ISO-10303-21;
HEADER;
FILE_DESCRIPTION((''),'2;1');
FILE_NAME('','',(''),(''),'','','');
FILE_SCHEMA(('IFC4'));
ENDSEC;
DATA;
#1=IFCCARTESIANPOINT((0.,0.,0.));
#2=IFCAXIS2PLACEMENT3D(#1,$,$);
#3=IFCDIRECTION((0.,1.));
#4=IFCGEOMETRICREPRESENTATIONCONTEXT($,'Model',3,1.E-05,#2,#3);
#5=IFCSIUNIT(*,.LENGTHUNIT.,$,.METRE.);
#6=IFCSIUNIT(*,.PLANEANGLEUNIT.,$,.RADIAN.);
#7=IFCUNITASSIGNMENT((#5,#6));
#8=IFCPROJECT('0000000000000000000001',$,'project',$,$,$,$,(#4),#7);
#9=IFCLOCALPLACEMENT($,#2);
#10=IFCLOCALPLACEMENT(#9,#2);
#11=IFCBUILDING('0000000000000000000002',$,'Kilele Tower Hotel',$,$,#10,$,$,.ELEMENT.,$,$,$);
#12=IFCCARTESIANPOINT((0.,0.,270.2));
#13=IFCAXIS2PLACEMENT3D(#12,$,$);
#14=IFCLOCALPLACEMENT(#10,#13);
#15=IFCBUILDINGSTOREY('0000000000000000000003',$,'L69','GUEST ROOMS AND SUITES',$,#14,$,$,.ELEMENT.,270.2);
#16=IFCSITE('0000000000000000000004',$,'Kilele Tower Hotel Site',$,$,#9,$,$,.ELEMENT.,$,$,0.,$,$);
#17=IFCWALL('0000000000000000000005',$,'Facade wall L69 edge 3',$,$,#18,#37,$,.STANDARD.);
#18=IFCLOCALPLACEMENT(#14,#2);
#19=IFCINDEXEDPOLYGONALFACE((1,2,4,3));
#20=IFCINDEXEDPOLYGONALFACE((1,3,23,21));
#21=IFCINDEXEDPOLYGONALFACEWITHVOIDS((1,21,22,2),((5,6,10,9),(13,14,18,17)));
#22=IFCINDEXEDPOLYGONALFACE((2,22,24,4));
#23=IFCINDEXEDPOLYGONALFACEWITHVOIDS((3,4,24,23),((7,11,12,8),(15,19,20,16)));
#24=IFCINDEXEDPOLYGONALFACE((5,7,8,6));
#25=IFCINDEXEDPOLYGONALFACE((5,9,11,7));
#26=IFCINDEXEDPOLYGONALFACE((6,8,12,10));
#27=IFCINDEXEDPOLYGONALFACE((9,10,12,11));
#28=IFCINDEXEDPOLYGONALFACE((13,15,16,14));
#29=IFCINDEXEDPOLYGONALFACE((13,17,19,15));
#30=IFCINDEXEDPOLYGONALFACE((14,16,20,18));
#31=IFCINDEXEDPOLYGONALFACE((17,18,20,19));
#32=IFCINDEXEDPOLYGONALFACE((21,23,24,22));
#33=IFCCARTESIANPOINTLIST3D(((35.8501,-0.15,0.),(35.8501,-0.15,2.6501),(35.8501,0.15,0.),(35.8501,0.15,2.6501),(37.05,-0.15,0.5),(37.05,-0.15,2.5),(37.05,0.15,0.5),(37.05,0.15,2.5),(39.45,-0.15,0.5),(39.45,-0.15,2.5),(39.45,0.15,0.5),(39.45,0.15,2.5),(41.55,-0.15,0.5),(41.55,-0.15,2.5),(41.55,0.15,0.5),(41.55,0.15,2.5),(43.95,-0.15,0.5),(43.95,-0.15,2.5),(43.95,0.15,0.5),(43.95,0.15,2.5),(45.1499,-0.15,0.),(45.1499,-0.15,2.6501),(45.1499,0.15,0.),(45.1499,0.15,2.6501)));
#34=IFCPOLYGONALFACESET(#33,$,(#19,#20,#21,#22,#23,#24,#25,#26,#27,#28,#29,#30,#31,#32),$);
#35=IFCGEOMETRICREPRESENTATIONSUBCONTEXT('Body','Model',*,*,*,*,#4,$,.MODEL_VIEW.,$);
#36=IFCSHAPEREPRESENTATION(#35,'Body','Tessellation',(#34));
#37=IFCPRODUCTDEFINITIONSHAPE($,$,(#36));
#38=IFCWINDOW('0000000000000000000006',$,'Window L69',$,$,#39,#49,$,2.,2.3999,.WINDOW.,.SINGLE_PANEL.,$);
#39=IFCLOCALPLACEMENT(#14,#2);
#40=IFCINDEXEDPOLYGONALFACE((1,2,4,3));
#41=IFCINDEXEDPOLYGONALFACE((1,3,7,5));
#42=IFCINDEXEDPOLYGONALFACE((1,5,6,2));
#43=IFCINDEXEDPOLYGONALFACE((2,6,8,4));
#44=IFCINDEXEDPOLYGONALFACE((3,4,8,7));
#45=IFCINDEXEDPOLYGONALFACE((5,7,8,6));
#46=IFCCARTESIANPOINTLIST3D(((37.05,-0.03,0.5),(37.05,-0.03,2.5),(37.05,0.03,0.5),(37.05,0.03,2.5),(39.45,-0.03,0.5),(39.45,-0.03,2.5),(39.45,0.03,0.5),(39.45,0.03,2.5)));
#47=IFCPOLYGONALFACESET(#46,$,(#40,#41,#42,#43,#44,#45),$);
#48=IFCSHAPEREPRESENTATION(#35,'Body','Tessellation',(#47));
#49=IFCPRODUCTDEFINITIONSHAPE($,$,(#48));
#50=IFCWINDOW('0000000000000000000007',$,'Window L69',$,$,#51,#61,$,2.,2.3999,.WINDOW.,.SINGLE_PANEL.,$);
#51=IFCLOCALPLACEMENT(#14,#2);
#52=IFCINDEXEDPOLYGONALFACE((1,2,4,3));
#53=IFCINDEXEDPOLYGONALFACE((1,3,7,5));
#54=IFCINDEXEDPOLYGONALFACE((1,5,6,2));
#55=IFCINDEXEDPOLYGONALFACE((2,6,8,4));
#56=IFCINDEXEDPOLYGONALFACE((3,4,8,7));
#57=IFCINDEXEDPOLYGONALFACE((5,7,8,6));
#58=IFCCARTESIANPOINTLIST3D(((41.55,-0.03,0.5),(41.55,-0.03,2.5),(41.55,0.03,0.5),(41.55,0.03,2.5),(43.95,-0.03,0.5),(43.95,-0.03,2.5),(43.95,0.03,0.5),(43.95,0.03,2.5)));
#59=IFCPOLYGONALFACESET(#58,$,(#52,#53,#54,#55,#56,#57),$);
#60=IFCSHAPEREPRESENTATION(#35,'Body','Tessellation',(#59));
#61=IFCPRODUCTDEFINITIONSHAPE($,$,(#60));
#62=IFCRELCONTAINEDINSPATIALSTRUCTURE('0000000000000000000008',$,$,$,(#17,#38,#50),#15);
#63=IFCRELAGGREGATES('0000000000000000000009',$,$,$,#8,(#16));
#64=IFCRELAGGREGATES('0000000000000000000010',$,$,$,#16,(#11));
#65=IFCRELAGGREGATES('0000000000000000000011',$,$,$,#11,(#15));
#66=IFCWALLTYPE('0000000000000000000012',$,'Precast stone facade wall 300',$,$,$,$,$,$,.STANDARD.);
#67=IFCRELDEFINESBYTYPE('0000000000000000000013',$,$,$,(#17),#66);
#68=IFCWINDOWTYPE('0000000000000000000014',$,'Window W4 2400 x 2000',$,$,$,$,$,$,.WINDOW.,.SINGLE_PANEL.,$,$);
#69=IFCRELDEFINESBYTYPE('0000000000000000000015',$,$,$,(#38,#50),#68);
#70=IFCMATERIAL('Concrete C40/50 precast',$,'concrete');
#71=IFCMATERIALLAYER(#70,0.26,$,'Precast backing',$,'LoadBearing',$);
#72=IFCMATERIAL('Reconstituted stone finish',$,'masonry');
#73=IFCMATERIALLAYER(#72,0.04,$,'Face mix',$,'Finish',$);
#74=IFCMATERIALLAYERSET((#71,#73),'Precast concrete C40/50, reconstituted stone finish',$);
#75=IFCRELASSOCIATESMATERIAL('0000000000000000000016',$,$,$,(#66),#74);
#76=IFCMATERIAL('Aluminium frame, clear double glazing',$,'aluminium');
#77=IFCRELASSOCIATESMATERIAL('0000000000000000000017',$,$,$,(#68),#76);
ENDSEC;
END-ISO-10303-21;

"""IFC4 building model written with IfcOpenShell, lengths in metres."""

from ifc_helpers import new_model, si_unit, direction, frame, frame_2d, origin, place, context, subcontext, project, spatial, rectangle, extrude, material, layer, layer_set, type_object, element, fill, save


model = new_model("IFC4")

# Units and contexts
model_context = context("Model", 3, precision=1e-05, world=origin(), true_north=direction((0.0, 1.0)))
body_context = subcontext(model_context, "Body", "Model", "MODEL_VIEW")
ifc_project = project(units=[si_unit("LENGTHUNIT", "METRE"), si_unit("PLANEANGLEUNIT", "RADIAN")], contexts=[model_context])

# Site, building, storey
site_placement = place(None, origin())
site = spatial("IfcSite", under=ifc_project, at=site_placement, Name="Kilele Tower Hotel Site", CompositionType="ELEMENT", RefElevation=0.0)
building_placement = place(site_placement, origin())
building = spatial("IfcBuilding", under=site, at=building_placement, Name="Kilele Tower Hotel", CompositionType="ELEMENT")
storey_placement = place(building_placement, frame((0.0, 0.0, 270.2)))
storey = spatial("IfcBuildingStorey", under=building, at=storey_placement, Name="L69", Description="GUEST ROOMS AND SUITES", CompositionType="ELEMENT", Elevation=270.2)

# Wall, openings, windows
ifc_material_1 = material(Name="Concrete C40/50 precast", Category="concrete")
ifc_layer_1 = layer(ifc_material_1, 0.26, Name="Precast backing", Category="LoadBearing")
ifc_material_2 = material(Name="Reconstituted stone finish", Category="masonry")
ifc_layer_2 = layer(ifc_material_2, 0.04, Name="Face mix", Category="Finish")
ifc_layer_set_1 = layer_set([ifc_layer_1, ifc_layer_2], Name="Precast concrete C40/50, reconstituted stone finish")
wall_type_1 = type_object("IfcWallType", Name="Precast stone facade wall 300", PredefinedType="STANDARD", material=ifc_layer_set_1)
wall_1_placement = place(storey_placement, frame((35.8501, 0.0, 0.0), z_axis=(0.0, 0.0, 1.0), x_axis=(1.0, 0.0, 0.0)))
wall_1 = element("IfcWall", 1, at=wall_1_placement, inside=storey, type_object=wall_type_1, Name="Facade wall L69 edge 3", PredefinedType="STANDARD", context=body_context, shape_type="SweptSolid", body=[
    extrude(rectangle(XDim=9.2998, YDim=0.3, at=frame_2d((4.6499, 0.0))), origin(), (0.0, 0.0, 1.0), 2.6501),
])
opening_1_placement = place(wall_1_placement, frame((1.2, 0.0, 0.5)))
opening_1 = element("IfcOpeningElement", 2, at=opening_1_placement, cuts=wall_1, PredefinedType="OPENING", context=body_context, shape_type="SweptSolid", body=[
    extrude(rectangle(XDim=2.3999, YDim=2.0, at=frame_2d((1.2, 1.0))), frame((0.0, 0.1599, 0.0), z_axis=(0.0, -1.0, 0.0), x_axis=(1.0, 0.0, 0.0)), (0.0, 0.0, 1.0), 0.3201),
])
opening_2_placement = place(wall_1_placement, frame((5.7, 0.0, 0.5)))
opening_2 = element("IfcOpeningElement", 3, at=opening_2_placement, cuts=wall_1, PredefinedType="OPENING", context=body_context, shape_type="SweptSolid", body=[
    extrude(rectangle(XDim=2.3999, YDim=2.0, at=frame_2d((1.2, 1.0))), frame((0.0, 0.1599, 0.0), z_axis=(0.0, -1.0, 0.0), x_axis=(1.0, 0.0, 0.0)), (0.0, 0.0, 1.0), 0.3201),
])
ifc_material_3 = material(Name="Aluminium frame, clear double glazing", Category="aluminium")
window_type = type_object("IfcWindowType", Name="Window W4 2400 x 2000", PartitioningType="SINGLE_PANEL", PredefinedType="WINDOW", material=ifc_material_3)
window_1_placement = place(opening_1_placement, origin())
window_1 = element("IfcWindow", 4, at=window_1_placement, inside=storey, type_object=window_type, Name="Window L69", OverallHeight=2.0, OverallWidth=2.3999, PartitioningType="SINGLE_PANEL", PredefinedType="WINDOW", context=body_context, shape_type="SweptSolid", body=[
    extrude(rectangle(XDim=2.3999, YDim=2.0, at=frame_2d((1.2, 1.0))), frame((0.0, 0.03, 0.0), z_axis=(0.0, -1.0, 0.0), x_axis=(1.0, 0.0, 0.0)), (0.0, 0.0, 1.0), 0.0601),
])
fill(opening_1, window_1)
window_2_placement = place(opening_2_placement, origin())
window_2 = element("IfcWindow", 5, at=window_2_placement, inside=storey, type_object=window_type, Name="Window L69", OverallHeight=2.0, OverallWidth=2.3999, PartitioningType="SINGLE_PANEL", PredefinedType="WINDOW", context=body_context, shape_type="SweptSolid", body=[
    extrude(rectangle(XDim=2.3999, YDim=2.0, at=frame_2d((1.2, 1.0))), frame((0.0, 0.03, 0.0), z_axis=(0.0, -1.0, 0.0), x_axis=(1.0, 0.0, 0.0)), (0.0, 0.0, 1.0), 0.0601),
])
fill(opening_2, window_2)

save(model, "model.ifc")
